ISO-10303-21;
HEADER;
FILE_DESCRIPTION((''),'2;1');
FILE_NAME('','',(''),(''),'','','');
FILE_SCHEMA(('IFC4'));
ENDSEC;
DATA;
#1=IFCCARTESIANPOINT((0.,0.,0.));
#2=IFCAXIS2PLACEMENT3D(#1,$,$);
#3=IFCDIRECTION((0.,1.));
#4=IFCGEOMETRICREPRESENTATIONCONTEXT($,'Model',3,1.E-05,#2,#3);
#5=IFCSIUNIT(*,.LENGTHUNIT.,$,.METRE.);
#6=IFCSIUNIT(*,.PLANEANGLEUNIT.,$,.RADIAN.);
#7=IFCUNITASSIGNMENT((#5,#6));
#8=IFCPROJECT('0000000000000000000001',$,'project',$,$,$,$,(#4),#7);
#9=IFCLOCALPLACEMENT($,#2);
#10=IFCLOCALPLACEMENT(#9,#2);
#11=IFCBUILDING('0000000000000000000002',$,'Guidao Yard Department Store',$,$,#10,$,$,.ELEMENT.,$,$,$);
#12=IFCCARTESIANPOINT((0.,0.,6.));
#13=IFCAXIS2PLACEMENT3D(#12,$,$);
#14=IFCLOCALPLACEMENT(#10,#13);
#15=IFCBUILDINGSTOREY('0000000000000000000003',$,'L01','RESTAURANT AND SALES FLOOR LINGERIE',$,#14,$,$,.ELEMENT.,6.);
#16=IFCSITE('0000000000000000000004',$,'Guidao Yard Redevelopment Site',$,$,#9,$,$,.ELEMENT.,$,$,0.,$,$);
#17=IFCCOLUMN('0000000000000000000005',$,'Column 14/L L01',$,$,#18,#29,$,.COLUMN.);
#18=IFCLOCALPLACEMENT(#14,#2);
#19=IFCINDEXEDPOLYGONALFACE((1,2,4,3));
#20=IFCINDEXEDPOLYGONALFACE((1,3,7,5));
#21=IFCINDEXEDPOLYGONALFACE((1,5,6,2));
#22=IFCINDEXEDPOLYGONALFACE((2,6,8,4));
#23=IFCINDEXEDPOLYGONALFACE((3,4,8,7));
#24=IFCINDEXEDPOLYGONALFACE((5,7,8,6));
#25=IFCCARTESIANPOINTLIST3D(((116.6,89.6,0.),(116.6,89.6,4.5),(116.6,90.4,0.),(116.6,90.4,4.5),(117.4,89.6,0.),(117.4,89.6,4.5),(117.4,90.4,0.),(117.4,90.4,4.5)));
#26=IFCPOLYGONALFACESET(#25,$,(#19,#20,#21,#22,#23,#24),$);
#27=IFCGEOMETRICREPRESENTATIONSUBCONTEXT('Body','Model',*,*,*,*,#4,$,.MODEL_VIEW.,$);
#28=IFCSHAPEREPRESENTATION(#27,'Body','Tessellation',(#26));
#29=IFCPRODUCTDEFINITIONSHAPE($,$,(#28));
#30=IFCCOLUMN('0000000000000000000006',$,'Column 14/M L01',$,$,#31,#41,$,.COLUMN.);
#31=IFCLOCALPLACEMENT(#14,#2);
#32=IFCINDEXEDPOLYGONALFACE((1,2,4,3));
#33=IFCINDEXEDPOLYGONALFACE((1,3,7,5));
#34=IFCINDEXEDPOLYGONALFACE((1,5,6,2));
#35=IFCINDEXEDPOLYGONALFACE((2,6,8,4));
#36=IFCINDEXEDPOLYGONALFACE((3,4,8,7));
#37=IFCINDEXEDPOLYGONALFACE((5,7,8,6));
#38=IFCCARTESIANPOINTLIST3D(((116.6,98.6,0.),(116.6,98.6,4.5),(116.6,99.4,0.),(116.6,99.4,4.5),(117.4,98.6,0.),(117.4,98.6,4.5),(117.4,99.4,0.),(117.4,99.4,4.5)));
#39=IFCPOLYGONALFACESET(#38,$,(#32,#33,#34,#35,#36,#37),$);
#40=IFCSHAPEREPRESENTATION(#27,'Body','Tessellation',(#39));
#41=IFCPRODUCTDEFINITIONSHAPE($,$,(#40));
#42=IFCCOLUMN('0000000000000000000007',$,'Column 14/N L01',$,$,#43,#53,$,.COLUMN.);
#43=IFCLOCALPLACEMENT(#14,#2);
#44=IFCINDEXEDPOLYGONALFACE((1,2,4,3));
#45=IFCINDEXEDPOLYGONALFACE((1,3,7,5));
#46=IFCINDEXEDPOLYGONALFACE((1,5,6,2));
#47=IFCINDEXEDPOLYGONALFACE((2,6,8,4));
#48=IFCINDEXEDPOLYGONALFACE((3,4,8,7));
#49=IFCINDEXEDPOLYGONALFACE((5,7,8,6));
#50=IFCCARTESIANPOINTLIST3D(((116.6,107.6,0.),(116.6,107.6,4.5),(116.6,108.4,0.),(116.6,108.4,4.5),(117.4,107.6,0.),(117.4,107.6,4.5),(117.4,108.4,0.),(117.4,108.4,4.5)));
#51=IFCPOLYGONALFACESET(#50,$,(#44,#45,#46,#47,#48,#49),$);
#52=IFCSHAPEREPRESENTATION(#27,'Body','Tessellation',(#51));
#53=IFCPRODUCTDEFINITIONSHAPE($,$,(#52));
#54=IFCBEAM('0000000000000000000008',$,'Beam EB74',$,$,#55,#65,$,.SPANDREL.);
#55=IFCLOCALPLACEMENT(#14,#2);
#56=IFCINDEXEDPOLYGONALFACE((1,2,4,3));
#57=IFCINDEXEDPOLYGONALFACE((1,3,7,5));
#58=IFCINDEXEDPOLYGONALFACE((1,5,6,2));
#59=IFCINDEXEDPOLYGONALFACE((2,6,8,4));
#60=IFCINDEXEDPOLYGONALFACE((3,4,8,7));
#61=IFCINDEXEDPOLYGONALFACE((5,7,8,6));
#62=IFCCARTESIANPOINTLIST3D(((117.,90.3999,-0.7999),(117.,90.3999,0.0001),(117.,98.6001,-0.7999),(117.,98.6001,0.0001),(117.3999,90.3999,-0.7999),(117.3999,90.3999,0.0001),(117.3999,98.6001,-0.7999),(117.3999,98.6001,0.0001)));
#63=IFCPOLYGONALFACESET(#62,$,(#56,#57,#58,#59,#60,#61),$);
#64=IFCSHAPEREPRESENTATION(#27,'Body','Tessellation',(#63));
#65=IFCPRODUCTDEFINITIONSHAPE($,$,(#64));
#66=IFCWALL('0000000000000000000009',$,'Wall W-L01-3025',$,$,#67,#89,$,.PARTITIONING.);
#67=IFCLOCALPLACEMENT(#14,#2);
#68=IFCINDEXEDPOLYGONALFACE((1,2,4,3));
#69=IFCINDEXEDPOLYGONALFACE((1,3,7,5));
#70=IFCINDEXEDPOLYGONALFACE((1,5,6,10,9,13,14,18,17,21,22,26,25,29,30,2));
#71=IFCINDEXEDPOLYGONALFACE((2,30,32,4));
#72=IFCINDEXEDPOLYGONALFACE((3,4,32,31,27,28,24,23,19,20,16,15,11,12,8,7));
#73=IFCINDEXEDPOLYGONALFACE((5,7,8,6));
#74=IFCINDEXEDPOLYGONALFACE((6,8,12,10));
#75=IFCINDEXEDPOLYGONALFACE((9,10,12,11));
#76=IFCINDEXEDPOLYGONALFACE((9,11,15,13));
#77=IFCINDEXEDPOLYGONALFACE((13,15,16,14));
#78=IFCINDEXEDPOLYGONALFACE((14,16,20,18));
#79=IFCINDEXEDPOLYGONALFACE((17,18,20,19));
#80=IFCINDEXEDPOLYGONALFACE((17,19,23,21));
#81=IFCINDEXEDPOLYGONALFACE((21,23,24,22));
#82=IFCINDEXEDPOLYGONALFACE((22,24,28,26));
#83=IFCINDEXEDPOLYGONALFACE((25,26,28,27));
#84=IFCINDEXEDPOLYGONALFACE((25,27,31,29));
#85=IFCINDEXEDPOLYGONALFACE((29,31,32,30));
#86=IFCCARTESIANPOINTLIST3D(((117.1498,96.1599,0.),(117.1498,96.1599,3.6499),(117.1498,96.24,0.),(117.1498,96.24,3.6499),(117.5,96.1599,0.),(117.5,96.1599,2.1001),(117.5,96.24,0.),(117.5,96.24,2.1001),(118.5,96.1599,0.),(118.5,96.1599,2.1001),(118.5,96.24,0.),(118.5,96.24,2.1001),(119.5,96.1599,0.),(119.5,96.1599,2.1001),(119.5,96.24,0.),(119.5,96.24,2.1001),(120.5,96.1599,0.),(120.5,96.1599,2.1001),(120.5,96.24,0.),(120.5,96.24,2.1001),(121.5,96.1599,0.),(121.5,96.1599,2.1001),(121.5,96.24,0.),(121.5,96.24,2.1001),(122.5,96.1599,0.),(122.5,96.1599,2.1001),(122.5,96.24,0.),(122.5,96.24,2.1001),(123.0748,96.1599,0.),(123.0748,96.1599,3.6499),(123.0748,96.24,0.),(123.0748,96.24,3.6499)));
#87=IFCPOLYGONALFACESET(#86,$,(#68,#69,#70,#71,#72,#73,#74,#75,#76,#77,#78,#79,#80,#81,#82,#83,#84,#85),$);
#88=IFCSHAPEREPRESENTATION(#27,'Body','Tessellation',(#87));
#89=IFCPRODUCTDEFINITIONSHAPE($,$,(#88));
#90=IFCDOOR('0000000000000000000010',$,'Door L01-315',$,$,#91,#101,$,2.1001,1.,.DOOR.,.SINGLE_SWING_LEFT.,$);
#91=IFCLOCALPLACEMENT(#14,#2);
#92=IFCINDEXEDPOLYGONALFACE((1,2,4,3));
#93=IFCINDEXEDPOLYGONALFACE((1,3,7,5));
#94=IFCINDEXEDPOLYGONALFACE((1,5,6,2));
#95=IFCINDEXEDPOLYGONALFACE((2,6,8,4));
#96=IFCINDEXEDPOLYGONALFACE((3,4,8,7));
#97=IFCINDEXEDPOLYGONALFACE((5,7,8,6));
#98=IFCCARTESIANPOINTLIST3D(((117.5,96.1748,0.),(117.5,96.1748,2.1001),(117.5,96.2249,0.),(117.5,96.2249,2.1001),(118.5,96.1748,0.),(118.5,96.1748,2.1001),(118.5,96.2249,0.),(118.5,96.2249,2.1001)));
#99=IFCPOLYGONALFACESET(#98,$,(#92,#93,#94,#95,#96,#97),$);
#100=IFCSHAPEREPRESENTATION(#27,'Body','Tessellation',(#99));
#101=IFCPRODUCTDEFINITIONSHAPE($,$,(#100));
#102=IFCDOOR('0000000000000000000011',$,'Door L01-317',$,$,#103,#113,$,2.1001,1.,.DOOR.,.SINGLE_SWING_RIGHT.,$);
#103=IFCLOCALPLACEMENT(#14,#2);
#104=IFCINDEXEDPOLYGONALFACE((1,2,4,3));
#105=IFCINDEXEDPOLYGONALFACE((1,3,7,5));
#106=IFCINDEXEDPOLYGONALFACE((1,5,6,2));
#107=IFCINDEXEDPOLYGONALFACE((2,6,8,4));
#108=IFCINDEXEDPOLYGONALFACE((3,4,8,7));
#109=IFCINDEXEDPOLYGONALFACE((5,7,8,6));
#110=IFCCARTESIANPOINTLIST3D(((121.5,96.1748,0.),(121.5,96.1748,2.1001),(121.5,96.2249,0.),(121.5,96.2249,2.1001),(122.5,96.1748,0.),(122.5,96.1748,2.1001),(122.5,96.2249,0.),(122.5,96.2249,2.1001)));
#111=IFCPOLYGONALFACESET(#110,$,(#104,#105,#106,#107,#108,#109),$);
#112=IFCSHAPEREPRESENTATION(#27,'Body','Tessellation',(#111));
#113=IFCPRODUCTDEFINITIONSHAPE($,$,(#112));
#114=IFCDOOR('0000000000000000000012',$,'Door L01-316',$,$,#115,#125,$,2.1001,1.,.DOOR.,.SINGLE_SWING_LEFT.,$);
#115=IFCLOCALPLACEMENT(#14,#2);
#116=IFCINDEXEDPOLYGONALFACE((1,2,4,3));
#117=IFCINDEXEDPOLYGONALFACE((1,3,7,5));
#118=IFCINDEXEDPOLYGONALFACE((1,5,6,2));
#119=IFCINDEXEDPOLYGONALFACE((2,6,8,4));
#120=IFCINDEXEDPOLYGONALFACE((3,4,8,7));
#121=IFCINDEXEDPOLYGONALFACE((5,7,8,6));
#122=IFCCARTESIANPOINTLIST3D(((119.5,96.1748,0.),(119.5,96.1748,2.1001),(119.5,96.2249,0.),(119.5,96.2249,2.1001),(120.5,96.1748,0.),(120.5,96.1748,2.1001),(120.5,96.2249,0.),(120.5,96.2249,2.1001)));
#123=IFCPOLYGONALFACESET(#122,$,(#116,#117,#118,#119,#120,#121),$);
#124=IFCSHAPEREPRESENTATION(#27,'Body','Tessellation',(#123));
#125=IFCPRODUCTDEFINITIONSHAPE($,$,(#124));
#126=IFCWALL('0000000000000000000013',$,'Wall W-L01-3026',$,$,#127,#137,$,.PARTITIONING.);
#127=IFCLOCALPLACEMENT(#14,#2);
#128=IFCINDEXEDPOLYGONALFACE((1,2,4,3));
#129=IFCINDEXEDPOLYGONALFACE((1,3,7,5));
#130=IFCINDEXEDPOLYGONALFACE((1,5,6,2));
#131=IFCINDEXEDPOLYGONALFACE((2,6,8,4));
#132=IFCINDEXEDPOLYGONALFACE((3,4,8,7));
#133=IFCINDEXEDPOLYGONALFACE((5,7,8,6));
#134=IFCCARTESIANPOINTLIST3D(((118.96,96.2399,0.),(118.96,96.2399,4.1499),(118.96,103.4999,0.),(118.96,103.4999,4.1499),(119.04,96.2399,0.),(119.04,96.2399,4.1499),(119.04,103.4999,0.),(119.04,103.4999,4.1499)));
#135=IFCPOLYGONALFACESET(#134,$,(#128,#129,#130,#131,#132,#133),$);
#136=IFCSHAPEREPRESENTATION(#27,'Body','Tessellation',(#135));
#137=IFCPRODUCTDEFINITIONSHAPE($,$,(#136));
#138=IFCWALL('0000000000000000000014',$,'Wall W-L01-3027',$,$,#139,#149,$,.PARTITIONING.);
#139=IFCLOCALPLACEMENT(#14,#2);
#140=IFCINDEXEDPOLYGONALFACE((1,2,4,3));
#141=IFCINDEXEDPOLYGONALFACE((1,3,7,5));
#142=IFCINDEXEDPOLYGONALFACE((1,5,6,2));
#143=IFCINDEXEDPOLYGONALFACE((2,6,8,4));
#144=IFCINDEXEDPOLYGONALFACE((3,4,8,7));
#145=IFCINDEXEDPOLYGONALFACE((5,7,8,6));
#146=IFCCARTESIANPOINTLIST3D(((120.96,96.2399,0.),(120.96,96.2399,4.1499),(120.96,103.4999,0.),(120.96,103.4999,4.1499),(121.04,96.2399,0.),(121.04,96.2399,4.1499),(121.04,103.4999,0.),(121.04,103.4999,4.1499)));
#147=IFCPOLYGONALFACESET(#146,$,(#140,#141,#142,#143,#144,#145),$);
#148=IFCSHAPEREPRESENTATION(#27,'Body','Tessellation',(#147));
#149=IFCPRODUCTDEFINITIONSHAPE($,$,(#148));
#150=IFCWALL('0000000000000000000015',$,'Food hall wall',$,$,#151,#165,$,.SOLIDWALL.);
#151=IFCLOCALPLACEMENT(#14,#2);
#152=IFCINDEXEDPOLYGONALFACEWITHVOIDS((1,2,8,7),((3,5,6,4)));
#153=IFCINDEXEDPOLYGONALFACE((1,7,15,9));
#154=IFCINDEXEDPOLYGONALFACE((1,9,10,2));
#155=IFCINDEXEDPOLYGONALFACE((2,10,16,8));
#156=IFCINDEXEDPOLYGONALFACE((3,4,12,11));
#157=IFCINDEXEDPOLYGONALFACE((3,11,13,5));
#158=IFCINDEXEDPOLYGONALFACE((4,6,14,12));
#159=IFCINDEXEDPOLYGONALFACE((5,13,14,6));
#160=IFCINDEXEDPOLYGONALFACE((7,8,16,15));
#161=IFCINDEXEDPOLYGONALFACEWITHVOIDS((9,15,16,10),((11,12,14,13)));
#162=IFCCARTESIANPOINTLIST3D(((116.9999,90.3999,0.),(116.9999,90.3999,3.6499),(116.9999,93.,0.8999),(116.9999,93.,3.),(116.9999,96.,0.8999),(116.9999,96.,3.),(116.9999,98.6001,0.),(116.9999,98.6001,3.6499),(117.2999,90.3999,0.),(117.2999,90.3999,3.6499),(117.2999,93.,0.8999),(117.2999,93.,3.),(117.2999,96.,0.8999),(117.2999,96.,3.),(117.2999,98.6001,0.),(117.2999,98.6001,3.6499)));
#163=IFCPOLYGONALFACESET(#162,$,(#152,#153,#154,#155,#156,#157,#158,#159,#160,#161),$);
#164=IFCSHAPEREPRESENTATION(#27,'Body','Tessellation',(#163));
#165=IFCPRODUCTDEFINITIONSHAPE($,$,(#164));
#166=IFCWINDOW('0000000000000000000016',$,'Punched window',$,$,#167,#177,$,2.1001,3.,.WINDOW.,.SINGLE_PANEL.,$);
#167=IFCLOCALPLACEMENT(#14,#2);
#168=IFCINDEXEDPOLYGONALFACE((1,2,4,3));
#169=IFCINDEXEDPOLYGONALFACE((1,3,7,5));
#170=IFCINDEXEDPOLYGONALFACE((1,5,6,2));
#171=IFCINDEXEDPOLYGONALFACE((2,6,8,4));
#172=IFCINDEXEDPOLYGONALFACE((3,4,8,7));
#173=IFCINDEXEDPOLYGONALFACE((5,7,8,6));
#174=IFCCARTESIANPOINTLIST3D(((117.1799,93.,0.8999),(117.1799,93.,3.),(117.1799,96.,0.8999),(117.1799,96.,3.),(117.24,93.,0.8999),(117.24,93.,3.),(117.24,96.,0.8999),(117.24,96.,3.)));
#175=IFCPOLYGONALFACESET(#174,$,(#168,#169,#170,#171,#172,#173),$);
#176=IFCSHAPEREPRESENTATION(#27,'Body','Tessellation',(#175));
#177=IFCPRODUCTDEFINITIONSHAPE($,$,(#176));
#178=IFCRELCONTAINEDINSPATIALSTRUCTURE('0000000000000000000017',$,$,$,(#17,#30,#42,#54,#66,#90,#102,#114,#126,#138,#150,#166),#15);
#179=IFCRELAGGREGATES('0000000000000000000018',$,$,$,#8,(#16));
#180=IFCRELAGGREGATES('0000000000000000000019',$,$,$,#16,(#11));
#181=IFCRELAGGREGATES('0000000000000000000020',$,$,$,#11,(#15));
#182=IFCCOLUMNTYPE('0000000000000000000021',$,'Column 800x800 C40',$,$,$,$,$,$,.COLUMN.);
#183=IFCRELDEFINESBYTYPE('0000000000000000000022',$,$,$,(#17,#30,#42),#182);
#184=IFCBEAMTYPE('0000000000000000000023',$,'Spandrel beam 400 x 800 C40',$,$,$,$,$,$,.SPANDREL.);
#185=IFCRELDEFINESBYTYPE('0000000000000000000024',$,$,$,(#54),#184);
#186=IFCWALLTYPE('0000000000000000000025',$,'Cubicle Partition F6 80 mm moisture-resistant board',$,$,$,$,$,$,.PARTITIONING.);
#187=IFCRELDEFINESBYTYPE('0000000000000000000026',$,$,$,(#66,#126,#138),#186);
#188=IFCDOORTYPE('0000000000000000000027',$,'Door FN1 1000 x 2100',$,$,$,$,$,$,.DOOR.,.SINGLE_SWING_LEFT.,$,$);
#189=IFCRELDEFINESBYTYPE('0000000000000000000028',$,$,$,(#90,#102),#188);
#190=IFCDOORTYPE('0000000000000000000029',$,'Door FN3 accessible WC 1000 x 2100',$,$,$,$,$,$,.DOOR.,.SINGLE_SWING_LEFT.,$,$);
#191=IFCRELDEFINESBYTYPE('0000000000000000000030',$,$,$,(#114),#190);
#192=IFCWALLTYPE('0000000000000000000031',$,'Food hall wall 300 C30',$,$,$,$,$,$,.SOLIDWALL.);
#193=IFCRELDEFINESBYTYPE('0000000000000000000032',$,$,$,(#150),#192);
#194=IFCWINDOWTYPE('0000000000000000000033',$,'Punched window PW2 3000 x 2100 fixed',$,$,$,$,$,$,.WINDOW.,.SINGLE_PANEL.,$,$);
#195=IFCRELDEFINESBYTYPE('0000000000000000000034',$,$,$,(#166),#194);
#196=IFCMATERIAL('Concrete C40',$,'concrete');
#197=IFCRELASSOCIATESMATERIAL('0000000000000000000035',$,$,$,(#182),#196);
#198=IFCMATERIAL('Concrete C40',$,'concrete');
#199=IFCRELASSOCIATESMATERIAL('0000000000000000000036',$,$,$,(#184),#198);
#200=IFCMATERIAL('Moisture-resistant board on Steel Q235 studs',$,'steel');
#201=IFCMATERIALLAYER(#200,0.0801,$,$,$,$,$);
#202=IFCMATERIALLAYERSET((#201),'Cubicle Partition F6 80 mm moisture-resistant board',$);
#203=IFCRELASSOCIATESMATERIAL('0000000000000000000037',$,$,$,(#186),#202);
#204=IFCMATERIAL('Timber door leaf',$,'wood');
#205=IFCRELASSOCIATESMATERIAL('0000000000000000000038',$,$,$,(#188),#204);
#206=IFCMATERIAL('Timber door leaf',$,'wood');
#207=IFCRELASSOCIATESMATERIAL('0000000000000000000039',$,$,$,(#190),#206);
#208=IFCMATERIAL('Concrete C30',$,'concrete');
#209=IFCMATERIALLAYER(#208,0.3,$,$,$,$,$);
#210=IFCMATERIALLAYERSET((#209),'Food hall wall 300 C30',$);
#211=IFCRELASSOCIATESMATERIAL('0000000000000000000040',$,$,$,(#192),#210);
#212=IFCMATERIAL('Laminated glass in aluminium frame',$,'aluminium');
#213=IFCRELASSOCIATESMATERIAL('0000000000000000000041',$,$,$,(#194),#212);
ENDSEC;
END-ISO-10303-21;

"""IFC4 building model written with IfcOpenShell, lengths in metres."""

from ifc_helpers import new_model, si_unit, direction, frame, frame_2d, origin, origin_2d, place, context, subcontext, project, spatial, rectangle, extrude, material, layer, layer_set, material_profile, profile_set, type_object, element, fill, save


model = new_model("IFC4")

# Units and contexts
model_context = context("Model", 3, precision=1e-05, world=origin(), true_north=direction((0.0, 1.0)))
body_context = subcontext(model_context, "Body", "Model", "MODEL_VIEW")
ifc_project = project(units=[si_unit("LENGTHUNIT", "METRE"), si_unit("PLANEANGLEUNIT", "RADIAN")], contexts=[model_context])

# Site, building, storey
site_placement = place(None, origin())
site = spatial("IfcSite", under=ifc_project, at=site_placement, Name="Guidao Yard Redevelopment Site", CompositionType="ELEMENT", RefElevation=0.0)
building_placement = place(site_placement, origin())
building = spatial("IfcBuilding", under=site, at=building_placement, Name="Guidao Yard Department Store", CompositionType="ELEMENT")
storey_placement = place(building_placement, frame((0.0, 0.0, 6.0)))
storey = spatial("IfcBuildingStorey", under=building, at=storey_placement, Name="L01", Description="RESTAURANT AND SALES FLOOR LINGERIE", CompositionType="ELEMENT", Elevation=6.0)

# Columns
ifc_material_1 = material(Name="Concrete C40", Category="concrete")
ifc_material_profile_1 = material_profile(ifc_material_1, rectangle(XDim=0.8, YDim=0.8, at=origin_2d()), Name="COL 800x800")
ifc_profile_set_1 = profile_set([ifc_material_profile_1], Name="Concrete C40")
column_type = type_object("IfcColumnType", Name="Column 800x800 C40", PredefinedType="COLUMN", material=ifc_profile_set_1)
for number, where, z_axis, x_axis, name in (
    (1, (117.0, 90.0, 0.0), (0.0, 0.0, 1.0), (1.0, 0.0, 0.0), "Column 14/L L01"),
    (2, (117.0, 99.0, 0.0), (0.0, 0.0, 1.0), (1.0, 0.0, 0.0), "Column 14/M L01"),
    (3, (117.0, 108.0, 0.0), (0.0, 0.0, 1.0), (1.0, 0.0, 0.0), "Column 14/N L01"),
):
    element("IfcColumn", number, at=place(storey_placement, frame(where, z_axis=z_axis, x_axis=x_axis)), inside=storey, type_object=column_type, Name=name, PredefinedType="COLUMN", context=body_context, shape_type="SweptSolid", body=[
        extrude(rectangle(XDim=0.8, YDim=0.8, at=origin_2d()), origin(), (0.0, 0.0, 1.0), 4.5),
    ])

# Beam
ifc_material_2 = material(Name="Concrete C40", Category="concrete")
ifc_material_profile_2 = material_profile(ifc_material_2, rectangle(XDim=0.3999, YDim=0.8, at=origin_2d()), Name="Spandrel beam 400 x 800 C40")
ifc_profile_set_2 = profile_set([ifc_material_profile_2], Name="Concrete C40")
beam_type = type_object("IfcBeamType", Name="Spandrel beam 400 x 800 C40", PredefinedType="SPANDREL", material=ifc_profile_set_2)
beam_placement = place(storey_placement, frame((117.2, 90.3999, -0.3999), z_axis=(0.0, 1.0, 0.0), x_axis=(-1.0, 0.0, 0.0)))
element("IfcBeam", 4, at=beam_placement, inside=storey, type_object=beam_type, Name="Beam EB74", PredefinedType="SPANDREL", context=body_context, shape_type="SweptSolid", body=[
    extrude(rectangle(XDim=0.3999, YDim=0.8, at=origin_2d()), origin(), (0.0, 0.0, 1.0), 8.2002),
])

# Wall, openings, doors
ifc_material_3 = material(Name="Moisture-resistant board on Steel Q235 studs", Category="steel")
ifc_layer_1 = layer(ifc_material_3, 0.0801)
ifc_layer_set_1 = layer_set([ifc_layer_1], Name="Cubicle Partition F6 80 mm moisture-resistant board")
wall_type_1 = type_object("IfcWallType", Name="Cubicle Partition F6 80 mm moisture-resistant board", PredefinedType="PARTITIONING", material=ifc_layer_set_1)
wall_1_placement = place(storey_placement, frame((117.1499, 96.2, 0.0), z_axis=(0.0, 0.0, 1.0), x_axis=(1.0, 0.0, 0.0)))
wall_1 = element("IfcWall", 5, at=wall_1_placement, inside=storey, type_object=wall_type_1, Name="Wall W-L01-3025", PredefinedType="PARTITIONING", context=body_context, shape_type="SweptSolid", body=[
    extrude(rectangle(XDim=5.925, YDim=0.0801, at=frame_2d((2.9624, 0.0))), origin(), (0.0, 0.0, 1.0), 3.6499),
])
opening_1_placement = place(wall_1_placement, frame((0.3501, 0.0, 0.0)))
opening_1 = element("IfcOpeningElement", 6, at=opening_1_placement, cuts=wall_1, PredefinedType="OPENING", context=body_context, shape_type="SweptSolid", body=[
    extrude(rectangle(XDim=1.0, YDim=2.1001, at=frame_2d((0.5, 1.05))), frame((0.0, 0.05, 0.0), z_axis=(0.0, -1.0, 0.0), x_axis=(1.0, 0.0, 0.0)), (0.0, 0.0, 1.0), 0.1001),
])
opening_2_placement = place(wall_1_placement, frame((2.3501, 0.0, 0.0)))
opening_2 = element("IfcOpeningElement", 7, at=opening_2_placement, cuts=wall_1, PredefinedType="OPENING", context=body_context, shape_type="SweptSolid", body=[
    extrude(rectangle(XDim=1.0, YDim=2.1001, at=frame_2d((0.5, 1.05))), frame((0.0, 0.05, 0.0), z_axis=(0.0, -1.0, 0.0), x_axis=(1.0, 0.0, 0.0)), (0.0, 0.0, 1.0), 0.1001),
])
opening_3_placement = place(wall_1_placement, frame((4.3501, 0.0, 0.0)))
opening_3 = element("IfcOpeningElement", 8, at=opening_3_placement, cuts=wall_1, PredefinedType="OPENING", context=body_context, shape_type="SweptSolid", body=[
    extrude(rectangle(XDim=1.0, YDim=2.1001, at=frame_2d((0.5, 1.05))), frame((0.0, 0.05, 0.0), z_axis=(0.0, -1.0, 0.0), x_axis=(1.0, 0.0, 0.0)), (0.0, 0.0, 1.0), 0.1001),
])
ifc_material_4 = material(Name="Timber door leaf", Category="wood")
door_type_1 = type_object("IfcDoorType", Name="Door FN1 1000 x 2100", OperationType="SINGLE_SWING_LEFT", PredefinedType="DOOR", material=ifc_material_4)
door_1_placement = place(opening_1_placement, origin())
door_1 = element("IfcDoor", 9, at=door_1_placement, inside=storey, type_object=door_type_1, Name="Door L01-315", OperationType="SINGLE_SWING_LEFT", OverallHeight=2.1001, OverallWidth=1.0, PredefinedType="DOOR", context=body_context, shape_type="SweptSolid", body=[
    extrude(rectangle(XDim=1.0, YDim=2.1001, at=frame_2d((0.5, 1.05))), frame((0.0, 0.0249, 0.0), z_axis=(0.0, -1.0, 0.0), x_axis=(1.0, 0.0, 0.0)), (0.0, 0.0, 1.0), 0.05),
])
fill(opening_1, door_1)
door_2_placement = place(opening_3_placement, origin())
door_2 = element("IfcDoor", 10, at=door_2_placement, inside=storey, type_object=door_type_1, Name="Door L01-317", OperationType="SINGLE_SWING_RIGHT", OverallHeight=2.1001, OverallWidth=1.0, PredefinedType="DOOR", context=body_context, shape_type="SweptSolid", body=[
    extrude(rectangle(XDim=1.0, YDim=2.1001, at=frame_2d((0.5, 1.05))), frame((0.0, 0.0249, 0.0), z_axis=(0.0, -1.0, 0.0), x_axis=(1.0, 0.0, 0.0)), (0.0, 0.0, 1.0), 0.05),
])
fill(opening_3, door_2)
ifc_material_5 = material(Name="Timber door leaf", Category="wood")
door_type_2 = type_object("IfcDoorType", Name="Door FN3 accessible WC 1000 x 2100", OperationType="SINGLE_SWING_LEFT", PredefinedType="DOOR", material=ifc_material_5)
door_3_placement = place(opening_2_placement, origin())
door_3 = element("IfcDoor", 11, at=door_3_placement, inside=storey, type_object=door_type_2, Name="Door L01-316", OperationType="SINGLE_SWING_LEFT", OverallHeight=2.1001, OverallWidth=1.0, PredefinedType="DOOR", context=body_context, shape_type="SweptSolid", body=[
    extrude(rectangle(XDim=1.0, YDim=2.1001, at=frame_2d((0.5, 1.05))), frame((0.0, 0.0249, 0.0), z_axis=(0.0, -1.0, 0.0), x_axis=(1.0, 0.0, 0.0)), (0.0, 0.0, 1.0), 0.05),
])
fill(opening_2, door_3)

# Walls
for number, where, z_axis, x_axis, name in (
    (12, (119.0, 96.24, 0.0), (0.0, 0.0, 1.0), (0.0, 1.0, 0.0), "Wall W-L01-3026"),
    (13, (121.0, 96.24, 0.0), (0.0, 0.0, 1.0), (0.0, 1.0, 0.0), "Wall W-L01-3027"),
):
    element("IfcWall", number, at=place(storey_placement, frame(where, z_axis=z_axis, x_axis=x_axis)), inside=storey, type_object=wall_type_1, Name=name, PredefinedType="PARTITIONING", context=body_context, shape_type="SweptSolid", body=[
        extrude(rectangle(XDim=7.26, YDim=0.0801, at=frame_2d((3.6299, 0.0))), origin(), (0.0, 0.0, 1.0), 4.1499),
    ])

# Wall, opening, window
ifc_material_6 = material(Name="Concrete C30", Category="concrete")
ifc_layer_2 = layer(ifc_material_6, 0.3)
ifc_layer_set_2 = layer_set([ifc_layer_2], Name="Food hall wall 300 C30")
wall_type_2 = type_object("IfcWallType", Name="Food hall wall 300 C30", PredefinedType="SOLIDWALL", material=ifc_layer_set_2)
wall_2_placement = place(storey_placement, frame((117.1499, 90.3999, 0.0), z_axis=(0.0, 0.0, 1.0), x_axis=(0.0, 1.0, 0.0)))
wall_2 = element("IfcWall", 14, at=wall_2_placement, inside=storey, type_object=wall_type_2, Name="Food hall wall", PredefinedType="SOLIDWALL", context=body_context, shape_type="SweptSolid", body=[
    extrude(rectangle(XDim=8.2002, YDim=0.3, at=frame_2d((4.1001, 0.0))), origin(), (0.0, 0.0, 1.0), 3.6499),
])
opening_4_placement = place(wall_2_placement, frame((2.6001, 0.0, 0.8999)))
opening_4 = element("IfcOpeningElement", 15, at=opening_4_placement, cuts=wall_2, PredefinedType="OPENING", context=body_context, shape_type="SweptSolid", body=[
    extrude(rectangle(XDim=3.0, YDim=2.1001, at=frame_2d((1.5, 1.05))), frame((0.0, 0.1599, 0.0), z_axis=(0.0, -1.0, 0.0), x_axis=(1.0, 0.0, 0.0)), (0.0, 0.0, 1.0), 0.3201),
])
ifc_material_7 = material(Name="Laminated glass in aluminium frame", Category="aluminium")
window_type = type_object("IfcWindowType", Name="Punched window PW2 3000 x 2100 fixed", PartitioningType="SINGLE_PANEL", PredefinedType="WINDOW", material=ifc_material_7)
window_placement = place(opening_4_placement, origin())
window = element("IfcWindow", 16, at=window_placement, inside=storey, type_object=window_type, Name="Punched window", OverallHeight=2.1001, OverallWidth=3.0, PartitioningType="SINGLE_PANEL", PredefinedType="WINDOW", context=body_context, shape_type="SweptSolid", body=[
    extrude(rectangle(XDim=3.0, YDim=2.1001, at=frame_2d((1.5, 1.05))), frame((0.0, -0.03, 0.0), z_axis=(0.0, -1.0, 0.0), x_axis=(1.0, 0.0, 0.0)), (0.0, 0.0, 1.0), 0.0601),
])
fill(opening_4, window)

save(model, "model.ifc")
